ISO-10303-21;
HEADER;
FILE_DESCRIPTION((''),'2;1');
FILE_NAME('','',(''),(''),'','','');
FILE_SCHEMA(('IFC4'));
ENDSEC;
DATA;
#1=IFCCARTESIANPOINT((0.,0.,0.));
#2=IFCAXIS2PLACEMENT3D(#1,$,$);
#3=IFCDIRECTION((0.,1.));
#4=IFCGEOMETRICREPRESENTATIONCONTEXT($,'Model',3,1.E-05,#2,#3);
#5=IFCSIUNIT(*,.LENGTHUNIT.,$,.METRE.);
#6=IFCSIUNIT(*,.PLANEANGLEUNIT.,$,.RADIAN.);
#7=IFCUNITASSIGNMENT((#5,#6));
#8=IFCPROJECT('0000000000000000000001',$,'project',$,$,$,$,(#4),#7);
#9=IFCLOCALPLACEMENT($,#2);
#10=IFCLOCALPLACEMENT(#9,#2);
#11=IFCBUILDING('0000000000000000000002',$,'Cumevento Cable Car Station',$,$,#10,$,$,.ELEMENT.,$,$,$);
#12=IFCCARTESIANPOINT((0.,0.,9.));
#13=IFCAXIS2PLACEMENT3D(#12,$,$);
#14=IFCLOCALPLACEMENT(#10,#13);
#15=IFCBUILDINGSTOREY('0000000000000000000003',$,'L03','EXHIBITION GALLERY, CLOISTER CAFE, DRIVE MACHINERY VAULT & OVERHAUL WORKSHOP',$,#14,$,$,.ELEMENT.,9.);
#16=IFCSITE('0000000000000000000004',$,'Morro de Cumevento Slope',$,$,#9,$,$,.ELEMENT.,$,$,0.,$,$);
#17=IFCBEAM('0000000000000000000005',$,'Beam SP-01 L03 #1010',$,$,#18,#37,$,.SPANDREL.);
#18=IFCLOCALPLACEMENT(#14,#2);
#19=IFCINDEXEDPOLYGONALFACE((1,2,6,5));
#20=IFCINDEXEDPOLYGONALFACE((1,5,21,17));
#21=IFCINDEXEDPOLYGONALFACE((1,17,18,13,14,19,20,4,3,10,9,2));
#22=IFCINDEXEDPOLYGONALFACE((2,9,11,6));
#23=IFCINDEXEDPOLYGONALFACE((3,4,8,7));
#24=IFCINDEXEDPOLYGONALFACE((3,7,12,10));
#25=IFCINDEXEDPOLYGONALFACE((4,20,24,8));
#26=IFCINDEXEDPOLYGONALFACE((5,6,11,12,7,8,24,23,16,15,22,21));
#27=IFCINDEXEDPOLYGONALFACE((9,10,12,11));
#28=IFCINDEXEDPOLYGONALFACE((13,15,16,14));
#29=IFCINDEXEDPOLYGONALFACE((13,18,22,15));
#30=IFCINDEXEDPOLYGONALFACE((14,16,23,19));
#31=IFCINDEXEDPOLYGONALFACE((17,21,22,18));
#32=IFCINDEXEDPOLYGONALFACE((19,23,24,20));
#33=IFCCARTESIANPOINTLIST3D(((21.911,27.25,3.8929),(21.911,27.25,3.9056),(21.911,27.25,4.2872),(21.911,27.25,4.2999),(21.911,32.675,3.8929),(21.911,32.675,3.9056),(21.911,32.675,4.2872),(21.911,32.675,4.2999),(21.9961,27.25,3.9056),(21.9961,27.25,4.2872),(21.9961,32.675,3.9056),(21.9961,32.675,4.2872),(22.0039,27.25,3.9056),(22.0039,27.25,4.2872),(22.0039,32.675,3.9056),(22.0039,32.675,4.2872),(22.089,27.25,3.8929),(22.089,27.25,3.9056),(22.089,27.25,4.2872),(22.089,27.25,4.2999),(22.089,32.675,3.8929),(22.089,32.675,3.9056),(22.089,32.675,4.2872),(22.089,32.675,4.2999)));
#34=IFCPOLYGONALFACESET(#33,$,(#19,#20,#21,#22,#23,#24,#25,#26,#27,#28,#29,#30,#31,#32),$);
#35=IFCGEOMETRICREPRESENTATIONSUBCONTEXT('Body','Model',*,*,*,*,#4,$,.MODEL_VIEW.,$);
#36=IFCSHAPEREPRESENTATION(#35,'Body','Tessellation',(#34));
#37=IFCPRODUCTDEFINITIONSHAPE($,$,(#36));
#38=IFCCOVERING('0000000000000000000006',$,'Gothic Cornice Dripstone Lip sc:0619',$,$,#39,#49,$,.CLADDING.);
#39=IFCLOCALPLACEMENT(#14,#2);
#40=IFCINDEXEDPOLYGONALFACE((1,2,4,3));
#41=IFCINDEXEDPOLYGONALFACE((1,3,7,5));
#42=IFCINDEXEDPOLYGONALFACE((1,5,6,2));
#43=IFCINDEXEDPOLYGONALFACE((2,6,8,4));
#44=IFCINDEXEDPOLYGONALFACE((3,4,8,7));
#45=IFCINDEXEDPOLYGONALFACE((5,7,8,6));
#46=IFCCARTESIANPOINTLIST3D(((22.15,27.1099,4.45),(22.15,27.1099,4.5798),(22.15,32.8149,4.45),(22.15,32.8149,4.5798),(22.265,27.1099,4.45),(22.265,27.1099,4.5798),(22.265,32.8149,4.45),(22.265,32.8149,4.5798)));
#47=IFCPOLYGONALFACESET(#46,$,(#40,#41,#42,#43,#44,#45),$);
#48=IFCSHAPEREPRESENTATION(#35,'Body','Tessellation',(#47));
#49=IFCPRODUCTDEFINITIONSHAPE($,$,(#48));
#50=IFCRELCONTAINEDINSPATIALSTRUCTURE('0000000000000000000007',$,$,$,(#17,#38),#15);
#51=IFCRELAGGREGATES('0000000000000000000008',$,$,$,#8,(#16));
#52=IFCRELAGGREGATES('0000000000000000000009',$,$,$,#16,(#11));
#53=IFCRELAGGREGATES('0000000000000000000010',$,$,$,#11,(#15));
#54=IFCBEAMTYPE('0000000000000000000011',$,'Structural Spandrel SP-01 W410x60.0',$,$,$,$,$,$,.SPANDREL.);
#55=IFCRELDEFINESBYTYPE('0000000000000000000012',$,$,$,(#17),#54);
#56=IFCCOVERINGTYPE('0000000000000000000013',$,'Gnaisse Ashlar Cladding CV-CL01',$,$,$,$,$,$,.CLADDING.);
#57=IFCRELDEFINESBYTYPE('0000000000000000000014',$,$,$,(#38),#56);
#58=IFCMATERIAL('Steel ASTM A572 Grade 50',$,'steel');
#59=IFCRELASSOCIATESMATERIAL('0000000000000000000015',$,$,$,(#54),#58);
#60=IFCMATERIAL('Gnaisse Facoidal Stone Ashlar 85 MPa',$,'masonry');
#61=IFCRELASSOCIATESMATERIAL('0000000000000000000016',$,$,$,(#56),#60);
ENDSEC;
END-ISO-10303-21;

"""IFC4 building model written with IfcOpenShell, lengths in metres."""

from ifc_helpers import new_model, si_unit, direction, frame, origin, origin_2d, place, context, subcontext, project, spatial, rectangle, i_section, extrude, material, material_profile, profile_set, type_object, element, save


model = new_model("IFC4")

# Units and contexts
model_context = context("Model", 3, precision=1e-05, world=origin(), true_north=direction((0.0, 1.0)))
body_context = subcontext(model_context, "Body", "Model", "MODEL_VIEW")
ifc_project = project(units=[si_unit("LENGTHUNIT", "METRE"), si_unit("PLANEANGLEUNIT", "RADIAN")], contexts=[model_context])

# Site, building, storey
site_placement = place(None, origin())
site = spatial("IfcSite", under=ifc_project, at=site_placement, Name="Morro de Cumevento Slope", CompositionType="ELEMENT", RefElevation=0.0)
building_placement = place(site_placement, origin())
building = spatial("IfcBuilding", under=site, at=building_placement, Name="Cumevento Cable Car Station", CompositionType="ELEMENT")
storey_placement = place(building_placement, frame((0.0, 0.0, 9.0)))
storey = spatial("IfcBuildingStorey", under=building, at=storey_placement, Name="L03", Description="EXHIBITION GALLERY, CLOISTER CAFE, DRIVE MACHINERY VAULT & OVERHAUL WORKSHOP", CompositionType="ELEMENT", Elevation=9.0)

# Beam
ifc_material_1 = material(Name="Steel ASTM A572 Grade 50", Category="steel")
ifc_material_profile = material_profile(ifc_material_1, i_section(OverallWidth=0.178, OverallDepth=0.407, WebThickness=0.0078, FlangeThickness=0.0127, at=origin_2d()), Name="W410x60.0")
ifc_profile_set = profile_set([ifc_material_profile], Name="Steel ASTM A572 Grade 50")
beam_type = type_object("IfcBeamType", Name="Structural Spandrel SP-01 W410x60.0", PredefinedType="SPANDREL", material=ifc_profile_set)
beam_placement = place(storey_placement, frame((22.0, 27.25, 4.0964), z_axis=(0.0, 1.0, 0.0), x_axis=(-1.0, 0.0, 0.0)))
element("IfcBeam", 1, at=beam_placement, inside=storey, type_object=beam_type, Name="Beam SP-01 L03 #1010", PredefinedType="SPANDREL", context=body_context, shape_type="SweptSolid", body=[
    extrude(i_section(OverallWidth=0.178, OverallDepth=0.407, WebThickness=0.0078, FlangeThickness=0.0127, at=origin_2d()), origin(), (0.0, 0.0, 1.0), 5.425),
])

# Covering
ifc_material_2 = material(Name="Gnaisse Facoidal Stone Ashlar 85 MPa", Category="masonry")
covering_type = type_object("IfcCoveringType", Name="Gnaisse Ashlar Cladding CV-CL01", PredefinedType="CLADDING", material=ifc_material_2)
covering_1_placement = place(storey_placement, frame((22.2075, 29.9624, 4.45), z_axis=(0.0, 0.0, 1.0), x_axis=(0.0, -1.0, 0.0)))
element("IfcCovering", 2, at=covering_1_placement, inside=storey, type_object=covering_type, Name="Gothic Cornice Dripstone Lip sc:0619", PredefinedType="CLADDING", context=body_context, shape_type="SweptSolid", body=[
    extrude(rectangle(XDim=5.7051, YDim=0.115, at=origin_2d()), origin(), (0.0, 0.0, 1.0), 0.1299),
])

save(model, "model.ifc")
